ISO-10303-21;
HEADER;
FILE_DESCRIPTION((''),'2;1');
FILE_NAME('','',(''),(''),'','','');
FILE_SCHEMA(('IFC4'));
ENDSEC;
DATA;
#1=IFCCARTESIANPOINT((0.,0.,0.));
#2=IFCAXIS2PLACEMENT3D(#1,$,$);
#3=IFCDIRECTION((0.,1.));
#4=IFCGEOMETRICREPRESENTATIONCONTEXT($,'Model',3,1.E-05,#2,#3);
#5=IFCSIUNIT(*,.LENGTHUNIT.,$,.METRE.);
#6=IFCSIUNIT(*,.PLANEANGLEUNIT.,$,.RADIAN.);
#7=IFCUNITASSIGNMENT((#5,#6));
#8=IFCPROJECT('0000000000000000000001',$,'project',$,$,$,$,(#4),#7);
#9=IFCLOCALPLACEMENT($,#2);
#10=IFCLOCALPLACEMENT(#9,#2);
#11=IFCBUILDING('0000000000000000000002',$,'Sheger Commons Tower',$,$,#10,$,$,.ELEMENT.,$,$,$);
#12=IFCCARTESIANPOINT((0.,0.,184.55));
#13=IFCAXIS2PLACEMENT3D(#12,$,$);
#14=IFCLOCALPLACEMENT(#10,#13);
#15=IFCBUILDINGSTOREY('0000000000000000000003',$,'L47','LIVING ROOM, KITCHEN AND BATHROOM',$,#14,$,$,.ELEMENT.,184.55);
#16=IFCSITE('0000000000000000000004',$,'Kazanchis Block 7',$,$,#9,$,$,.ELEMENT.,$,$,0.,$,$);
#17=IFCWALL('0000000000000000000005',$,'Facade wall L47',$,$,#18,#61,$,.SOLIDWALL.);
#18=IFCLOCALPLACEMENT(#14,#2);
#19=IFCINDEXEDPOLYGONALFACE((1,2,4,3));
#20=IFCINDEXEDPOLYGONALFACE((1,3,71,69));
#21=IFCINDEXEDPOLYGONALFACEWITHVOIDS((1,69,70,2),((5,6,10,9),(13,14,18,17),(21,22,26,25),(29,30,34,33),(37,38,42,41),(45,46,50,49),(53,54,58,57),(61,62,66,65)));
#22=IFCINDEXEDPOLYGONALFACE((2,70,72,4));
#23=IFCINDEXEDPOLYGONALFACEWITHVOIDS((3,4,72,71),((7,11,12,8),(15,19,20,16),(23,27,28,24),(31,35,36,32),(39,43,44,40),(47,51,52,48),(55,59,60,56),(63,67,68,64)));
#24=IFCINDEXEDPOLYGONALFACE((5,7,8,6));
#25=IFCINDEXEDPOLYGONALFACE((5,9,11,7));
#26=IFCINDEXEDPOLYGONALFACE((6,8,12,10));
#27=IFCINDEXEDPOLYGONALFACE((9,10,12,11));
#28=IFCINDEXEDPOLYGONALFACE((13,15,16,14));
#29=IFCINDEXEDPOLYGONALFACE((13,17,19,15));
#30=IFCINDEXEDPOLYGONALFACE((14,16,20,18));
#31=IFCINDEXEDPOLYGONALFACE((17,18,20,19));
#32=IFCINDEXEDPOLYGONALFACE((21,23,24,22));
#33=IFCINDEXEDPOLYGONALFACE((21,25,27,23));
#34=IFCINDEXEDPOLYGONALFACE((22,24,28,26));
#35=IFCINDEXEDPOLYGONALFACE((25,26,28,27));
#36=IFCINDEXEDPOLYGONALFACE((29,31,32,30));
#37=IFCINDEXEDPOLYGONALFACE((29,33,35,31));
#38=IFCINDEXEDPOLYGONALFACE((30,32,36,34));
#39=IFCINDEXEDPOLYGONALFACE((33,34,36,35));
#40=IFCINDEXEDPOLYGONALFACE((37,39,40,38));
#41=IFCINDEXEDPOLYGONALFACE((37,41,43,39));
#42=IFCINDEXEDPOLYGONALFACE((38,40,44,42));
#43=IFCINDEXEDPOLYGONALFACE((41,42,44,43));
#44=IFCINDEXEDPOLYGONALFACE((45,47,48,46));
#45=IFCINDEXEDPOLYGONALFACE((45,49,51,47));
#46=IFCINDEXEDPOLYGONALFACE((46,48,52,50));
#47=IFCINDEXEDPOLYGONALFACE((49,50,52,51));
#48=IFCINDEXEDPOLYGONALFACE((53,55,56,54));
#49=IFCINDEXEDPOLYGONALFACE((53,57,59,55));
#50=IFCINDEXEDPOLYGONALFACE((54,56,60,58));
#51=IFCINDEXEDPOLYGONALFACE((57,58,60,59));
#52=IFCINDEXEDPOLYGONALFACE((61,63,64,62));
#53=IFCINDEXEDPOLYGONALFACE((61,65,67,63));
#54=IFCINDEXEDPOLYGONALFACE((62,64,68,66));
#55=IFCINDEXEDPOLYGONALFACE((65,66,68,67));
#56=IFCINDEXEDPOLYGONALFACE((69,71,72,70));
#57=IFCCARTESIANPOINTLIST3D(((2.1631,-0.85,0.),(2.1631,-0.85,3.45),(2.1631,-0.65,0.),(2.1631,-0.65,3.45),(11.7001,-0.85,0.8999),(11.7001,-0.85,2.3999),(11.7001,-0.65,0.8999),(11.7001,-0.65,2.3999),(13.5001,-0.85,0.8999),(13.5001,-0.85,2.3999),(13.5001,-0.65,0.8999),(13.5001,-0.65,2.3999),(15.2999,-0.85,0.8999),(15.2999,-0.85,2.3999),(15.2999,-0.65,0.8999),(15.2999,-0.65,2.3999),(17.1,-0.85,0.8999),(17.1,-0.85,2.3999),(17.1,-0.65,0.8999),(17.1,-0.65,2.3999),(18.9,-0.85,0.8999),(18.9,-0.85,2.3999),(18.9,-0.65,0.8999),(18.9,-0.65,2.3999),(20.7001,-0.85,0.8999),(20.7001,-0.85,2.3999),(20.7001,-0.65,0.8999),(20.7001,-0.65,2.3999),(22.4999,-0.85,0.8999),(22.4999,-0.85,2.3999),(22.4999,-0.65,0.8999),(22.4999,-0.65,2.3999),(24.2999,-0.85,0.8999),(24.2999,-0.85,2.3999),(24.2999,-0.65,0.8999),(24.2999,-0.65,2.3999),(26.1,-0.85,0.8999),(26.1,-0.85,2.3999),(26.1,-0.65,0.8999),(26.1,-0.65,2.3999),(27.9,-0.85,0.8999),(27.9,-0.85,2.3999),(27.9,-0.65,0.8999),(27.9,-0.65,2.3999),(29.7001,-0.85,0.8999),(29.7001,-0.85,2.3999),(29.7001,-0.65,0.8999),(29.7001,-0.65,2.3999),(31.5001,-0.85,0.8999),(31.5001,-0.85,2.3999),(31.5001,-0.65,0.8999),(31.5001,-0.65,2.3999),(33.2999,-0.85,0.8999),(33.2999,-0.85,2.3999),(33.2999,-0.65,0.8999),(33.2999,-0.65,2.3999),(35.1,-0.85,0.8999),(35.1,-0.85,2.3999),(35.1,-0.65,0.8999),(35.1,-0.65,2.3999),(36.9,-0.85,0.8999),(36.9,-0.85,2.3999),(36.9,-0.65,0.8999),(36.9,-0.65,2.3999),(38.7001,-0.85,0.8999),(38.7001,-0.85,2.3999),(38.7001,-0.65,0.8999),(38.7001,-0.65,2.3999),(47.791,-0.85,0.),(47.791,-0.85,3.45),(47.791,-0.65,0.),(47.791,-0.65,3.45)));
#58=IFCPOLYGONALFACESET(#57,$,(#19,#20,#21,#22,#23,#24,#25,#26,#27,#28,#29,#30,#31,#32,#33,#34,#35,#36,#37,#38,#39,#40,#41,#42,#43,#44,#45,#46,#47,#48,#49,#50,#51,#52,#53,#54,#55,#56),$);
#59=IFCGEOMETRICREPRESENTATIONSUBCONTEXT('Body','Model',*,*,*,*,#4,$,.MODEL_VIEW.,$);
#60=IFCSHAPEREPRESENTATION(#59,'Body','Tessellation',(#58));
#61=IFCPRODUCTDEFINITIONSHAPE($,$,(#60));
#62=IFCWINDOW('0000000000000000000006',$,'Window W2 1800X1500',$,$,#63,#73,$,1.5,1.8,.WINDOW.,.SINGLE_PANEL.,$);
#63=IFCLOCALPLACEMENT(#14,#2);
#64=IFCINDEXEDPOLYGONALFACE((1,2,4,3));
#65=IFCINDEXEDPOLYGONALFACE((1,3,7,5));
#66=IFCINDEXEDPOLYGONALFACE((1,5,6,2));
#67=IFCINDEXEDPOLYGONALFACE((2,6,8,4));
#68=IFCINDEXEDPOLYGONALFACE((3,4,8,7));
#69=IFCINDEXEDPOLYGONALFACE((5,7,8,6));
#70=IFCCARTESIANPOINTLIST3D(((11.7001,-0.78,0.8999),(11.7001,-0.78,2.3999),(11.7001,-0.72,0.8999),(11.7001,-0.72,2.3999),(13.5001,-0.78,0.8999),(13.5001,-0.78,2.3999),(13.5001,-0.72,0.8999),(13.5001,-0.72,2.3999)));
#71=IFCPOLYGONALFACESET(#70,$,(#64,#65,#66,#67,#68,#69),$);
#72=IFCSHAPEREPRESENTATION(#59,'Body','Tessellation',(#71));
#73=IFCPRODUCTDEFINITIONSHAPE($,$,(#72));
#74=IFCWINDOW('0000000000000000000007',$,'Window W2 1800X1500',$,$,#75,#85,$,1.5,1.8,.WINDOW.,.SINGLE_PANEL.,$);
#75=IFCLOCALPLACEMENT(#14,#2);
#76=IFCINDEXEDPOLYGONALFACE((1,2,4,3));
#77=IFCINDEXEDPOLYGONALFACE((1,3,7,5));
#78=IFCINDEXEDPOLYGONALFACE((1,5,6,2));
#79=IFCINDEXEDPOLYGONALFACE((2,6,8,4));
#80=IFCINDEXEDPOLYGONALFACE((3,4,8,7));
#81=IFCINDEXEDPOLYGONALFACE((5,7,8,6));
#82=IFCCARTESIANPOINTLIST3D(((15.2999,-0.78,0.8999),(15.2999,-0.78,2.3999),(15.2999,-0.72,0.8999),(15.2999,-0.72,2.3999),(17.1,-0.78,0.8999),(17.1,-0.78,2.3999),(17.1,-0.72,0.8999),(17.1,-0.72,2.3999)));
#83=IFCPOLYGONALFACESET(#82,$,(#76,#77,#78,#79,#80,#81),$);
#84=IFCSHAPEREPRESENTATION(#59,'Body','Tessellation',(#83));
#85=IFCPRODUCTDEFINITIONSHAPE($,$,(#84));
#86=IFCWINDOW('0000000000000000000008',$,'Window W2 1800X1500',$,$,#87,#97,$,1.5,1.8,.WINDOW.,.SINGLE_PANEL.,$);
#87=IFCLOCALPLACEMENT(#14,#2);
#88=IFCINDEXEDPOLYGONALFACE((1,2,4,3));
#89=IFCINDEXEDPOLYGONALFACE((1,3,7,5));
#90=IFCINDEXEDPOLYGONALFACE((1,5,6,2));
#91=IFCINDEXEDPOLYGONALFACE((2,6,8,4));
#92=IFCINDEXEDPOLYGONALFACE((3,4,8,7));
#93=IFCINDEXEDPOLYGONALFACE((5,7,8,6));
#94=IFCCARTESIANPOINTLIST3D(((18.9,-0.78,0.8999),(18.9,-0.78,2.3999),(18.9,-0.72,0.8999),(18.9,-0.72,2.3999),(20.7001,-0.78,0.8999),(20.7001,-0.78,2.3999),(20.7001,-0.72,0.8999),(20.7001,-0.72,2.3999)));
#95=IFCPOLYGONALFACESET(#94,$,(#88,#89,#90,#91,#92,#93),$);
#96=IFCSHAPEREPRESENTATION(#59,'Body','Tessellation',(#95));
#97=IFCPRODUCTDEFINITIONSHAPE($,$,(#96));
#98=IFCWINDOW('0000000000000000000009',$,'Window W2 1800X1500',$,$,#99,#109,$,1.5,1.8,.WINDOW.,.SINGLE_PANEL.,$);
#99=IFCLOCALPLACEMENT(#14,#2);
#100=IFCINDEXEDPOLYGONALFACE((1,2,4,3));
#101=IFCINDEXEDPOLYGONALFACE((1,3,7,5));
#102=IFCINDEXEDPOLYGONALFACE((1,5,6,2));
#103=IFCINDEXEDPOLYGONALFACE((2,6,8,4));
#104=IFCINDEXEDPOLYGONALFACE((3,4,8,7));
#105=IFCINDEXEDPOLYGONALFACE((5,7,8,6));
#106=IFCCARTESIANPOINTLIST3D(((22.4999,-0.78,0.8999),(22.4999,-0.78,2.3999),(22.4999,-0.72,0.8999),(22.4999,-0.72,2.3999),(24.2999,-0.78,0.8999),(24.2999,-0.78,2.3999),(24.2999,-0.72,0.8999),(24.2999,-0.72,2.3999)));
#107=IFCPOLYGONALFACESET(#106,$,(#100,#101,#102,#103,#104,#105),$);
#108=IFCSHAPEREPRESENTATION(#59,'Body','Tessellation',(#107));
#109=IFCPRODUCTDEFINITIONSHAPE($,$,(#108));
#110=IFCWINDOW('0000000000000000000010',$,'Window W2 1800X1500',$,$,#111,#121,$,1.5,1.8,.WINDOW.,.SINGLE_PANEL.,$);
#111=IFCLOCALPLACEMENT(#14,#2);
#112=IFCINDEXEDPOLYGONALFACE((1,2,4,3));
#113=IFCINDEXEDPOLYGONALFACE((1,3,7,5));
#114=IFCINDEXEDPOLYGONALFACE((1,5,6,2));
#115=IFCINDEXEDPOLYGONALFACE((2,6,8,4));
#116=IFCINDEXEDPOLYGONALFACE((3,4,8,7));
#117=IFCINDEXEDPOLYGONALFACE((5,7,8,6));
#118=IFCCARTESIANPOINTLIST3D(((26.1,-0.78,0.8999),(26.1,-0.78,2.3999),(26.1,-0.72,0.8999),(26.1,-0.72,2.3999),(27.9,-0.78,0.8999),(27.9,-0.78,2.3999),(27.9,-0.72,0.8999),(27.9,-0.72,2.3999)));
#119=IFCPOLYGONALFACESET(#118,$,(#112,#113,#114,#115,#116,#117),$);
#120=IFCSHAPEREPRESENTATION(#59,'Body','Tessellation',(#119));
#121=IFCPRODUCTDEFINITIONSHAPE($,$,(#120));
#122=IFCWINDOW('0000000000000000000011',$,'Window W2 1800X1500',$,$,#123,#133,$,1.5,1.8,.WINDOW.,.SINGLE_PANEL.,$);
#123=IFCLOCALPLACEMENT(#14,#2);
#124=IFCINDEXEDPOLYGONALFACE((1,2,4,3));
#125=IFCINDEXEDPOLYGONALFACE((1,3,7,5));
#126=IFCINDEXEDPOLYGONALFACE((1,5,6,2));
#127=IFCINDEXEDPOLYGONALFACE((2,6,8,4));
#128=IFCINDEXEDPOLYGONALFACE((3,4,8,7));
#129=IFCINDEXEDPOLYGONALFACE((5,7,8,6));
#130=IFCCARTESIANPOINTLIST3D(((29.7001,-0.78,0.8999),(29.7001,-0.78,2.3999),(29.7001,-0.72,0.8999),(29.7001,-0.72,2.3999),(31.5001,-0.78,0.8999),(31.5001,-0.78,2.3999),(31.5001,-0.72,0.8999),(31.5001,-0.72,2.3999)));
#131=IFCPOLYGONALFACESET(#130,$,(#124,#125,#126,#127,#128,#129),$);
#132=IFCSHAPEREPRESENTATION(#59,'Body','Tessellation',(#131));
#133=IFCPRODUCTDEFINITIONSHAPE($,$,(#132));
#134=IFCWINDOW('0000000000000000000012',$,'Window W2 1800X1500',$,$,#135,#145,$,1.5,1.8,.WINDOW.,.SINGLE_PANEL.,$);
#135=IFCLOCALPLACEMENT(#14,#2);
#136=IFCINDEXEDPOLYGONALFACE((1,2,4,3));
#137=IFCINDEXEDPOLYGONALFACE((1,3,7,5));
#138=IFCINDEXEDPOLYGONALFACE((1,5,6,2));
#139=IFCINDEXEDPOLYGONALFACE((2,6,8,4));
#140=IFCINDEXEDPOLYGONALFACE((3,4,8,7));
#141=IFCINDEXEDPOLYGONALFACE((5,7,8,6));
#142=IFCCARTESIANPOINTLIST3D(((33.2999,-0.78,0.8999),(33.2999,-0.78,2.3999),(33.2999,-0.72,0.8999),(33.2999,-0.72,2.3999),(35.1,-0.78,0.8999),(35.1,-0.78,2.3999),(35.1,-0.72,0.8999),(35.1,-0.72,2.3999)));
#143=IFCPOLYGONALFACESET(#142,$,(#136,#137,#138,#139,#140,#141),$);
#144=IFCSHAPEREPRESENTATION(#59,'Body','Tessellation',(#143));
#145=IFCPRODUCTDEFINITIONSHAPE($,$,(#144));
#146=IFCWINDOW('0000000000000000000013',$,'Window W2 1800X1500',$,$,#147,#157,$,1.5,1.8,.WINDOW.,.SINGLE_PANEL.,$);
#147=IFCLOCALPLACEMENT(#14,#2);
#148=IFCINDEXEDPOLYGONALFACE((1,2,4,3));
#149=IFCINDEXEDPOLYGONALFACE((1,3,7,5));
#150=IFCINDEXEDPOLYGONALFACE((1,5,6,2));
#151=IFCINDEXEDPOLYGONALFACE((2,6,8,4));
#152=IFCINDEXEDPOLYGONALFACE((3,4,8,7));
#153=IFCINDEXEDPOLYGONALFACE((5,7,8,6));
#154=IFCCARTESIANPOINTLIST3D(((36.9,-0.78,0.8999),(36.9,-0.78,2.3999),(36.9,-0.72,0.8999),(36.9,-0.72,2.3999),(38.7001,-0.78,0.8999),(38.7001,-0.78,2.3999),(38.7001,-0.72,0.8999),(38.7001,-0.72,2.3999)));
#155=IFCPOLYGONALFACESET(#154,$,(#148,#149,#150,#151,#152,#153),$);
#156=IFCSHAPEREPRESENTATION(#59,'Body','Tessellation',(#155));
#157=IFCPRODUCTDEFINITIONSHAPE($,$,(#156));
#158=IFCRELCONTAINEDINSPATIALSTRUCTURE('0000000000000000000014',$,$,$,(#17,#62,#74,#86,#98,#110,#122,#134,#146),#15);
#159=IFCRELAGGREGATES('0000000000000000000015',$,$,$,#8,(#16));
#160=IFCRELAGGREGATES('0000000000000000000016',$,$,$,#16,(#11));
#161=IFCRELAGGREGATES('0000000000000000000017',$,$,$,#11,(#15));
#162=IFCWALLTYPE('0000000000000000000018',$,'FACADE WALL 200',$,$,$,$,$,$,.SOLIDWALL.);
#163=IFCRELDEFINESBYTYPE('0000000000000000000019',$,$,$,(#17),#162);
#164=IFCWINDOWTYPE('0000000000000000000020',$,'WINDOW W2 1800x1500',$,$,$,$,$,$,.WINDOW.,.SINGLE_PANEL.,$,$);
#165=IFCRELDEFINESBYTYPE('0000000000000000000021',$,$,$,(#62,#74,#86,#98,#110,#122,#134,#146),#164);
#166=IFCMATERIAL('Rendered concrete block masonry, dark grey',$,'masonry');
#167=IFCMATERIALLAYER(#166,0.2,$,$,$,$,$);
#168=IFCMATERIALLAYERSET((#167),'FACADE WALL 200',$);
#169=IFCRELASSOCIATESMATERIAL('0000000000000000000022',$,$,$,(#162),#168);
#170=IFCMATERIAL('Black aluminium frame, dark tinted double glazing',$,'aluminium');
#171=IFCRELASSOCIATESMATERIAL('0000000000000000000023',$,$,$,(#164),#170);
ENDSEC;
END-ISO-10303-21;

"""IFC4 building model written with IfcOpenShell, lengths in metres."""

from ifc_helpers import new_model, si_unit, direction, frame, frame_2d, origin, place, context, subcontext, project, spatial, rectangle, extrude, material, layer, layer_set, type_object, element, fill, save


model = new_model("IFC4")

# Units and contexts
model_context = context("Model", 3, precision=1e-05, world=origin(), true_north=direction((0.0, 1.0)))
body_context = subcontext(model_context, "Body", "Model", "MODEL_VIEW")
ifc_project = project(units=[si_unit("LENGTHUNIT", "METRE"), si_unit("PLANEANGLEUNIT", "RADIAN")], contexts=[model_context])

# Site, building, storey
site_placement = place(None, origin())
site = spatial("IfcSite", under=ifc_project, at=site_placement, Name="Kazanchis Block 7", CompositionType="ELEMENT", RefElevation=0.0)
building_placement = place(site_placement, origin())
building = spatial("IfcBuilding", under=site, at=building_placement, Name="Sheger Commons Tower", CompositionType="ELEMENT")
storey_placement = place(building_placement, frame((0.0, 0.0, 184.55)))
storey = spatial("IfcBuildingStorey", under=building, at=storey_placement, Name="L47", Description="LIVING ROOM, KITCHEN AND BATHROOM", CompositionType="ELEMENT", Elevation=184.55)

# Wall, openings, windows
ifc_material_1 = material(Name="Rendered concrete block masonry, dark grey", Category="masonry")
ifc_layer_1 = layer(ifc_material_1, 0.2)
ifc_layer_set_1 = layer_set([ifc_layer_1], Name="FACADE WALL 200")
wall_type_1 = type_object("IfcWallType", Name="FACADE WALL 200", PredefinedType="SOLIDWALL", material=ifc_layer_set_1)
wall_1_placement = place(storey_placement, frame((2.1631, -0.75, 0.0), z_axis=(0.0, 0.0, 1.0), x_axis=(1.0, 0.0, 0.0)))
wall_1 = element("IfcWall", 1, at=wall_1_placement, inside=storey, type_object=wall_type_1, Name="Facade wall L47", PredefinedType="SOLIDWALL", context=body_context, shape_type="SweptSolid", body=[
    extrude(rectangle(XDim=45.6279, YDim=0.2, at=frame_2d((22.814, 0.0))), origin(), (0.0, 0.0, 1.0), 3.45),
])
opening_1_placement = place(wall_1_placement, frame((9.5371, 0.0, 0.8999)))
opening_1 = element("IfcOpeningElement", 2, at=opening_1_placement, cuts=wall_1, PredefinedType="OPENING", context=body_context, shape_type="SweptSolid", body=[
    extrude(rectangle(XDim=1.8, YDim=1.5, at=frame_2d((0.8999, 0.75))), frame((0.0, 0.1099, 0.0), z_axis=(0.0, -1.0, 0.0), x_axis=(1.0, 0.0, 0.0)), (0.0, 0.0, 1.0), 0.22),
])
opening_2_placement = place(wall_1_placement, frame((13.137, 0.0, 0.8999)))
opening_2 = element("IfcOpeningElement", 3, at=opening_2_placement, cuts=wall_1, PredefinedType="OPENING", context=body_context, shape_type="SweptSolid", body=[
    extrude(rectangle(XDim=1.8, YDim=1.5, at=frame_2d((0.8999, 0.75))), frame((0.0, 0.1099, 0.0), z_axis=(0.0, -1.0, 0.0), x_axis=(1.0, 0.0, 0.0)), (0.0, 0.0, 1.0), 0.22),
])
opening_3_placement = place(wall_1_placement, frame((16.7371, 0.0, 0.8999)))
opening_3 = element("IfcOpeningElement", 4, at=opening_3_placement, cuts=wall_1, PredefinedType="OPENING", context=body_context, shape_type="SweptSolid", body=[
    extrude(rectangle(XDim=1.8, YDim=1.5, at=frame_2d((0.8999, 0.75))), frame((0.0, 0.1099, 0.0), z_axis=(0.0, -1.0, 0.0), x_axis=(1.0, 0.0, 0.0)), (0.0, 0.0, 1.0), 0.22),
])
opening_4_placement = place(wall_1_placement, frame((20.3369, 0.0, 0.8999)))
opening_4 = element("IfcOpeningElement", 5, at=opening_4_placement, cuts=wall_1, PredefinedType="OPENING", context=body_context, shape_type="SweptSolid", body=[
    extrude(rectangle(XDim=1.8, YDim=1.5, at=frame_2d((0.8999, 0.75))), frame((0.0, 0.1099, 0.0), z_axis=(0.0, -1.0, 0.0), x_axis=(1.0, 0.0, 0.0)), (0.0, 0.0, 1.0), 0.22),
])
opening_5_placement = place(wall_1_placement, frame((23.937, 0.0, 0.8999)))
opening_5 = element("IfcOpeningElement", 6, at=opening_5_placement, cuts=wall_1, PredefinedType="OPENING", context=body_context, shape_type="SweptSolid", body=[
    extrude(rectangle(XDim=1.8, YDim=1.5, at=frame_2d((0.8999, 0.75))), frame((0.0, 0.1099, 0.0), z_axis=(0.0, -1.0, 0.0), x_axis=(1.0, 0.0, 0.0)), (0.0, 0.0, 1.0), 0.22),
])
opening_6_placement = place(wall_1_placement, frame((27.5371, 0.0, 0.8999)))
opening_6 = element("IfcOpeningElement", 7, at=opening_6_placement, cuts=wall_1, PredefinedType="OPENING", context=body_context, shape_type="SweptSolid", body=[
    extrude(rectangle(XDim=1.8, YDim=1.5, at=frame_2d((0.8999, 0.75))), frame((0.0, 0.1099, 0.0), z_axis=(0.0, -1.0, 0.0), x_axis=(1.0, 0.0, 0.0)), (0.0, 0.0, 1.0), 0.22),
])
opening_7_placement = place(wall_1_placement, frame((31.137, 0.0, 0.8999)))
opening_7 = element("IfcOpeningElement", 8, at=opening_7_placement, cuts=wall_1, PredefinedType="OPENING", context=body_context, shape_type="SweptSolid", body=[
    extrude(rectangle(XDim=1.8, YDim=1.5, at=frame_2d((0.8999, 0.75))), frame((0.0, 0.1099, 0.0), z_axis=(0.0, -1.0, 0.0), x_axis=(1.0, 0.0, 0.0)), (0.0, 0.0, 1.0), 0.22),
])
opening_8_placement = place(wall_1_placement, frame((34.7371, 0.0, 0.8999)))
opening_8 = element("IfcOpeningElement", 9, at=opening_8_placement, cuts=wall_1, PredefinedType="OPENING", context=body_context, shape_type="SweptSolid", body=[
    extrude(rectangle(XDim=1.8, YDim=1.5, at=frame_2d((0.8999, 0.75))), frame((0.0, 0.1099, 0.0), z_axis=(0.0, -1.0, 0.0), x_axis=(1.0, 0.0, 0.0)), (0.0, 0.0, 1.0), 0.22),
])
ifc_material_2 = material(Name="Black aluminium frame, dark tinted double glazing", Category="aluminium")
window_type = type_object("IfcWindowType", Name="WINDOW W2 1800x1500", PartitioningType="SINGLE_PANEL", PredefinedType="WINDOW", material=ifc_material_2)
window_1_placement = place(opening_1_placement, origin())
window_1 = element("IfcWindow", 10, at=window_1_placement, inside=storey, type_object=window_type, Name="Window W2 1800X1500", OverallHeight=1.5, OverallWidth=1.8, PartitioningType="SINGLE_PANEL", PredefinedType="WINDOW", context=body_context, shape_type="SweptSolid", body=[
    extrude(rectangle(XDim=1.8, YDim=1.5, at=frame_2d((0.8999, 0.75))), frame((0.0, 0.03, 0.0), z_axis=(0.0, -1.0, 0.0), x_axis=(1.0, 0.0, 0.0)), (0.0, 0.0, 1.0), 0.0601),
])
fill(opening_1, window_1)
window_2_placement = place(opening_2_placement, origin())
window_2 = element("IfcWindow", 11, at=window_2_placement, inside=storey, type_object=window_type, Name="Window W2 1800X1500", OverallHeight=1.5, OverallWidth=1.8, PartitioningType="SINGLE_PANEL", PredefinedType="WINDOW", context=body_context, shape_type="SweptSolid", body=[
    extrude(rectangle(XDim=1.8, YDim=1.5, at=frame_2d((0.8999, 0.75))), frame((0.0, 0.03, 0.0), z_axis=(0.0, -1.0, 0.0), x_axis=(1.0, 0.0, 0.0)), (0.0, 0.0, 1.0), 0.0601),
])
fill(opening_2, window_2)
window_3_placement = place(opening_3_placement, origin())
window_3 = element("IfcWindow", 12, at=window_3_placement, inside=storey, type_object=window_type, Name="Window W2 1800X1500", OverallHeight=1.5, OverallWidth=1.8, PartitioningType="SINGLE_PANEL", PredefinedType="WINDOW", context=body_context, shape_type="SweptSolid", body=[
    extrude(rectangle(XDim=1.8, YDim=1.5, at=frame_2d((0.8999, 0.75))), frame((0.0, 0.03, 0.0), z_axis=(0.0, -1.0, 0.0), x_axis=(1.0, 0.0, 0.0)), (0.0, 0.0, 1.0), 0.0601),
])
fill(opening_3, window_3)
window_4_placement = place(opening_4_placement, origin())
window_4 = element("IfcWindow", 13, at=window_4_placement, inside=storey, type_object=window_type, Name="Window W2 1800X1500", OverallHeight=1.5, OverallWidth=1.8, PartitioningType="SINGLE_PANEL", PredefinedType="WINDOW", context=body_context, shape_type="SweptSolid", body=[
    extrude(rectangle(XDim=1.8, YDim=1.5, at=frame_2d((0.8999, 0.75))), frame((0.0, 0.03, 0.0), z_axis=(0.0, -1.0, 0.0), x_axis=(1.0, 0.0, 0.0)), (0.0, 0.0, 1.0), 0.0601),
])
fill(opening_4, window_4)
window_5_placement = place(opening_5_placement, origin())
window_5 = element("IfcWindow", 14, at=window_5_placement, inside=storey, type_object=window_type, Name="Window W2 1800X1500", OverallHeight=1.5, OverallWidth=1.8, PartitioningType="SINGLE_PANEL", PredefinedType="WINDOW", context=body_context, shape_type="SweptSolid", body=[
    extrude(rectangle(XDim=1.8, YDim=1.5, at=frame_2d((0.8999, 0.75))), frame((0.0, 0.03, 0.0), z_axis=(0.0, -1.0, 0.0), x_axis=(1.0, 0.0, 0.0)), (0.0, 0.0, 1.0), 0.0601),
])
fill(opening_5, window_5)
window_6_placement = place(opening_6_placement, origin())
window_6 = element("IfcWindow", 15, at=window_6_placement, inside=storey, type_object=window_type, Name="Window W2 1800X1500", OverallHeight=1.5, OverallWidth=1.8, PartitioningType="SINGLE_PANEL", PredefinedType="WINDOW", context=body_context, shape_type="SweptSolid", body=[
    extrude(rectangle(XDim=1.8, YDim=1.5, at=frame_2d((0.8999, 0.75))), frame((0.0, 0.03, 0.0), z_axis=(0.0, -1.0, 0.0), x_axis=(1.0, 0.0, 0.0)), (0.0, 0.0, 1.0), 0.0601),
])
fill(opening_6, window_6)
window_7_placement = place(opening_7_placement, origin())
window_7 = element("IfcWindow", 16, at=window_7_placement, inside=storey, type_object=window_type, Name="Window W2 1800X1500", OverallHeight=1.5, OverallWidth=1.8, PartitioningType="SINGLE_PANEL", PredefinedType="WINDOW", context=body_context, shape_type="SweptSolid", body=[
    extrude(rectangle(XDim=1.8, YDim=1.5, at=frame_2d((0.8999, 0.75))), frame((0.0, 0.03, 0.0), z_axis=(0.0, -1.0, 0.0), x_axis=(1.0, 0.0, 0.0)), (0.0, 0.0, 1.0), 0.0601),
])
fill(opening_7, window_7)
window_8_placement = place(opening_8_placement, origin())
window_8 = element("IfcWindow", 17, at=window_8_placement, inside=storey, type_object=window_type, Name="Window W2 1800X1500", OverallHeight=1.5, OverallWidth=1.8, PartitioningType="SINGLE_PANEL", PredefinedType="WINDOW", context=body_context, shape_type="SweptSolid", body=[
    extrude(rectangle(XDim=1.8, YDim=1.5, at=frame_2d((0.8999, 0.75))), frame((0.0, 0.03, 0.0), z_axis=(0.0, -1.0, 0.0), x_axis=(1.0, 0.0, 0.0)), (0.0, 0.0, 1.0), 0.0601),
])
fill(opening_8, window_8)

save(model, "model.ifc")
